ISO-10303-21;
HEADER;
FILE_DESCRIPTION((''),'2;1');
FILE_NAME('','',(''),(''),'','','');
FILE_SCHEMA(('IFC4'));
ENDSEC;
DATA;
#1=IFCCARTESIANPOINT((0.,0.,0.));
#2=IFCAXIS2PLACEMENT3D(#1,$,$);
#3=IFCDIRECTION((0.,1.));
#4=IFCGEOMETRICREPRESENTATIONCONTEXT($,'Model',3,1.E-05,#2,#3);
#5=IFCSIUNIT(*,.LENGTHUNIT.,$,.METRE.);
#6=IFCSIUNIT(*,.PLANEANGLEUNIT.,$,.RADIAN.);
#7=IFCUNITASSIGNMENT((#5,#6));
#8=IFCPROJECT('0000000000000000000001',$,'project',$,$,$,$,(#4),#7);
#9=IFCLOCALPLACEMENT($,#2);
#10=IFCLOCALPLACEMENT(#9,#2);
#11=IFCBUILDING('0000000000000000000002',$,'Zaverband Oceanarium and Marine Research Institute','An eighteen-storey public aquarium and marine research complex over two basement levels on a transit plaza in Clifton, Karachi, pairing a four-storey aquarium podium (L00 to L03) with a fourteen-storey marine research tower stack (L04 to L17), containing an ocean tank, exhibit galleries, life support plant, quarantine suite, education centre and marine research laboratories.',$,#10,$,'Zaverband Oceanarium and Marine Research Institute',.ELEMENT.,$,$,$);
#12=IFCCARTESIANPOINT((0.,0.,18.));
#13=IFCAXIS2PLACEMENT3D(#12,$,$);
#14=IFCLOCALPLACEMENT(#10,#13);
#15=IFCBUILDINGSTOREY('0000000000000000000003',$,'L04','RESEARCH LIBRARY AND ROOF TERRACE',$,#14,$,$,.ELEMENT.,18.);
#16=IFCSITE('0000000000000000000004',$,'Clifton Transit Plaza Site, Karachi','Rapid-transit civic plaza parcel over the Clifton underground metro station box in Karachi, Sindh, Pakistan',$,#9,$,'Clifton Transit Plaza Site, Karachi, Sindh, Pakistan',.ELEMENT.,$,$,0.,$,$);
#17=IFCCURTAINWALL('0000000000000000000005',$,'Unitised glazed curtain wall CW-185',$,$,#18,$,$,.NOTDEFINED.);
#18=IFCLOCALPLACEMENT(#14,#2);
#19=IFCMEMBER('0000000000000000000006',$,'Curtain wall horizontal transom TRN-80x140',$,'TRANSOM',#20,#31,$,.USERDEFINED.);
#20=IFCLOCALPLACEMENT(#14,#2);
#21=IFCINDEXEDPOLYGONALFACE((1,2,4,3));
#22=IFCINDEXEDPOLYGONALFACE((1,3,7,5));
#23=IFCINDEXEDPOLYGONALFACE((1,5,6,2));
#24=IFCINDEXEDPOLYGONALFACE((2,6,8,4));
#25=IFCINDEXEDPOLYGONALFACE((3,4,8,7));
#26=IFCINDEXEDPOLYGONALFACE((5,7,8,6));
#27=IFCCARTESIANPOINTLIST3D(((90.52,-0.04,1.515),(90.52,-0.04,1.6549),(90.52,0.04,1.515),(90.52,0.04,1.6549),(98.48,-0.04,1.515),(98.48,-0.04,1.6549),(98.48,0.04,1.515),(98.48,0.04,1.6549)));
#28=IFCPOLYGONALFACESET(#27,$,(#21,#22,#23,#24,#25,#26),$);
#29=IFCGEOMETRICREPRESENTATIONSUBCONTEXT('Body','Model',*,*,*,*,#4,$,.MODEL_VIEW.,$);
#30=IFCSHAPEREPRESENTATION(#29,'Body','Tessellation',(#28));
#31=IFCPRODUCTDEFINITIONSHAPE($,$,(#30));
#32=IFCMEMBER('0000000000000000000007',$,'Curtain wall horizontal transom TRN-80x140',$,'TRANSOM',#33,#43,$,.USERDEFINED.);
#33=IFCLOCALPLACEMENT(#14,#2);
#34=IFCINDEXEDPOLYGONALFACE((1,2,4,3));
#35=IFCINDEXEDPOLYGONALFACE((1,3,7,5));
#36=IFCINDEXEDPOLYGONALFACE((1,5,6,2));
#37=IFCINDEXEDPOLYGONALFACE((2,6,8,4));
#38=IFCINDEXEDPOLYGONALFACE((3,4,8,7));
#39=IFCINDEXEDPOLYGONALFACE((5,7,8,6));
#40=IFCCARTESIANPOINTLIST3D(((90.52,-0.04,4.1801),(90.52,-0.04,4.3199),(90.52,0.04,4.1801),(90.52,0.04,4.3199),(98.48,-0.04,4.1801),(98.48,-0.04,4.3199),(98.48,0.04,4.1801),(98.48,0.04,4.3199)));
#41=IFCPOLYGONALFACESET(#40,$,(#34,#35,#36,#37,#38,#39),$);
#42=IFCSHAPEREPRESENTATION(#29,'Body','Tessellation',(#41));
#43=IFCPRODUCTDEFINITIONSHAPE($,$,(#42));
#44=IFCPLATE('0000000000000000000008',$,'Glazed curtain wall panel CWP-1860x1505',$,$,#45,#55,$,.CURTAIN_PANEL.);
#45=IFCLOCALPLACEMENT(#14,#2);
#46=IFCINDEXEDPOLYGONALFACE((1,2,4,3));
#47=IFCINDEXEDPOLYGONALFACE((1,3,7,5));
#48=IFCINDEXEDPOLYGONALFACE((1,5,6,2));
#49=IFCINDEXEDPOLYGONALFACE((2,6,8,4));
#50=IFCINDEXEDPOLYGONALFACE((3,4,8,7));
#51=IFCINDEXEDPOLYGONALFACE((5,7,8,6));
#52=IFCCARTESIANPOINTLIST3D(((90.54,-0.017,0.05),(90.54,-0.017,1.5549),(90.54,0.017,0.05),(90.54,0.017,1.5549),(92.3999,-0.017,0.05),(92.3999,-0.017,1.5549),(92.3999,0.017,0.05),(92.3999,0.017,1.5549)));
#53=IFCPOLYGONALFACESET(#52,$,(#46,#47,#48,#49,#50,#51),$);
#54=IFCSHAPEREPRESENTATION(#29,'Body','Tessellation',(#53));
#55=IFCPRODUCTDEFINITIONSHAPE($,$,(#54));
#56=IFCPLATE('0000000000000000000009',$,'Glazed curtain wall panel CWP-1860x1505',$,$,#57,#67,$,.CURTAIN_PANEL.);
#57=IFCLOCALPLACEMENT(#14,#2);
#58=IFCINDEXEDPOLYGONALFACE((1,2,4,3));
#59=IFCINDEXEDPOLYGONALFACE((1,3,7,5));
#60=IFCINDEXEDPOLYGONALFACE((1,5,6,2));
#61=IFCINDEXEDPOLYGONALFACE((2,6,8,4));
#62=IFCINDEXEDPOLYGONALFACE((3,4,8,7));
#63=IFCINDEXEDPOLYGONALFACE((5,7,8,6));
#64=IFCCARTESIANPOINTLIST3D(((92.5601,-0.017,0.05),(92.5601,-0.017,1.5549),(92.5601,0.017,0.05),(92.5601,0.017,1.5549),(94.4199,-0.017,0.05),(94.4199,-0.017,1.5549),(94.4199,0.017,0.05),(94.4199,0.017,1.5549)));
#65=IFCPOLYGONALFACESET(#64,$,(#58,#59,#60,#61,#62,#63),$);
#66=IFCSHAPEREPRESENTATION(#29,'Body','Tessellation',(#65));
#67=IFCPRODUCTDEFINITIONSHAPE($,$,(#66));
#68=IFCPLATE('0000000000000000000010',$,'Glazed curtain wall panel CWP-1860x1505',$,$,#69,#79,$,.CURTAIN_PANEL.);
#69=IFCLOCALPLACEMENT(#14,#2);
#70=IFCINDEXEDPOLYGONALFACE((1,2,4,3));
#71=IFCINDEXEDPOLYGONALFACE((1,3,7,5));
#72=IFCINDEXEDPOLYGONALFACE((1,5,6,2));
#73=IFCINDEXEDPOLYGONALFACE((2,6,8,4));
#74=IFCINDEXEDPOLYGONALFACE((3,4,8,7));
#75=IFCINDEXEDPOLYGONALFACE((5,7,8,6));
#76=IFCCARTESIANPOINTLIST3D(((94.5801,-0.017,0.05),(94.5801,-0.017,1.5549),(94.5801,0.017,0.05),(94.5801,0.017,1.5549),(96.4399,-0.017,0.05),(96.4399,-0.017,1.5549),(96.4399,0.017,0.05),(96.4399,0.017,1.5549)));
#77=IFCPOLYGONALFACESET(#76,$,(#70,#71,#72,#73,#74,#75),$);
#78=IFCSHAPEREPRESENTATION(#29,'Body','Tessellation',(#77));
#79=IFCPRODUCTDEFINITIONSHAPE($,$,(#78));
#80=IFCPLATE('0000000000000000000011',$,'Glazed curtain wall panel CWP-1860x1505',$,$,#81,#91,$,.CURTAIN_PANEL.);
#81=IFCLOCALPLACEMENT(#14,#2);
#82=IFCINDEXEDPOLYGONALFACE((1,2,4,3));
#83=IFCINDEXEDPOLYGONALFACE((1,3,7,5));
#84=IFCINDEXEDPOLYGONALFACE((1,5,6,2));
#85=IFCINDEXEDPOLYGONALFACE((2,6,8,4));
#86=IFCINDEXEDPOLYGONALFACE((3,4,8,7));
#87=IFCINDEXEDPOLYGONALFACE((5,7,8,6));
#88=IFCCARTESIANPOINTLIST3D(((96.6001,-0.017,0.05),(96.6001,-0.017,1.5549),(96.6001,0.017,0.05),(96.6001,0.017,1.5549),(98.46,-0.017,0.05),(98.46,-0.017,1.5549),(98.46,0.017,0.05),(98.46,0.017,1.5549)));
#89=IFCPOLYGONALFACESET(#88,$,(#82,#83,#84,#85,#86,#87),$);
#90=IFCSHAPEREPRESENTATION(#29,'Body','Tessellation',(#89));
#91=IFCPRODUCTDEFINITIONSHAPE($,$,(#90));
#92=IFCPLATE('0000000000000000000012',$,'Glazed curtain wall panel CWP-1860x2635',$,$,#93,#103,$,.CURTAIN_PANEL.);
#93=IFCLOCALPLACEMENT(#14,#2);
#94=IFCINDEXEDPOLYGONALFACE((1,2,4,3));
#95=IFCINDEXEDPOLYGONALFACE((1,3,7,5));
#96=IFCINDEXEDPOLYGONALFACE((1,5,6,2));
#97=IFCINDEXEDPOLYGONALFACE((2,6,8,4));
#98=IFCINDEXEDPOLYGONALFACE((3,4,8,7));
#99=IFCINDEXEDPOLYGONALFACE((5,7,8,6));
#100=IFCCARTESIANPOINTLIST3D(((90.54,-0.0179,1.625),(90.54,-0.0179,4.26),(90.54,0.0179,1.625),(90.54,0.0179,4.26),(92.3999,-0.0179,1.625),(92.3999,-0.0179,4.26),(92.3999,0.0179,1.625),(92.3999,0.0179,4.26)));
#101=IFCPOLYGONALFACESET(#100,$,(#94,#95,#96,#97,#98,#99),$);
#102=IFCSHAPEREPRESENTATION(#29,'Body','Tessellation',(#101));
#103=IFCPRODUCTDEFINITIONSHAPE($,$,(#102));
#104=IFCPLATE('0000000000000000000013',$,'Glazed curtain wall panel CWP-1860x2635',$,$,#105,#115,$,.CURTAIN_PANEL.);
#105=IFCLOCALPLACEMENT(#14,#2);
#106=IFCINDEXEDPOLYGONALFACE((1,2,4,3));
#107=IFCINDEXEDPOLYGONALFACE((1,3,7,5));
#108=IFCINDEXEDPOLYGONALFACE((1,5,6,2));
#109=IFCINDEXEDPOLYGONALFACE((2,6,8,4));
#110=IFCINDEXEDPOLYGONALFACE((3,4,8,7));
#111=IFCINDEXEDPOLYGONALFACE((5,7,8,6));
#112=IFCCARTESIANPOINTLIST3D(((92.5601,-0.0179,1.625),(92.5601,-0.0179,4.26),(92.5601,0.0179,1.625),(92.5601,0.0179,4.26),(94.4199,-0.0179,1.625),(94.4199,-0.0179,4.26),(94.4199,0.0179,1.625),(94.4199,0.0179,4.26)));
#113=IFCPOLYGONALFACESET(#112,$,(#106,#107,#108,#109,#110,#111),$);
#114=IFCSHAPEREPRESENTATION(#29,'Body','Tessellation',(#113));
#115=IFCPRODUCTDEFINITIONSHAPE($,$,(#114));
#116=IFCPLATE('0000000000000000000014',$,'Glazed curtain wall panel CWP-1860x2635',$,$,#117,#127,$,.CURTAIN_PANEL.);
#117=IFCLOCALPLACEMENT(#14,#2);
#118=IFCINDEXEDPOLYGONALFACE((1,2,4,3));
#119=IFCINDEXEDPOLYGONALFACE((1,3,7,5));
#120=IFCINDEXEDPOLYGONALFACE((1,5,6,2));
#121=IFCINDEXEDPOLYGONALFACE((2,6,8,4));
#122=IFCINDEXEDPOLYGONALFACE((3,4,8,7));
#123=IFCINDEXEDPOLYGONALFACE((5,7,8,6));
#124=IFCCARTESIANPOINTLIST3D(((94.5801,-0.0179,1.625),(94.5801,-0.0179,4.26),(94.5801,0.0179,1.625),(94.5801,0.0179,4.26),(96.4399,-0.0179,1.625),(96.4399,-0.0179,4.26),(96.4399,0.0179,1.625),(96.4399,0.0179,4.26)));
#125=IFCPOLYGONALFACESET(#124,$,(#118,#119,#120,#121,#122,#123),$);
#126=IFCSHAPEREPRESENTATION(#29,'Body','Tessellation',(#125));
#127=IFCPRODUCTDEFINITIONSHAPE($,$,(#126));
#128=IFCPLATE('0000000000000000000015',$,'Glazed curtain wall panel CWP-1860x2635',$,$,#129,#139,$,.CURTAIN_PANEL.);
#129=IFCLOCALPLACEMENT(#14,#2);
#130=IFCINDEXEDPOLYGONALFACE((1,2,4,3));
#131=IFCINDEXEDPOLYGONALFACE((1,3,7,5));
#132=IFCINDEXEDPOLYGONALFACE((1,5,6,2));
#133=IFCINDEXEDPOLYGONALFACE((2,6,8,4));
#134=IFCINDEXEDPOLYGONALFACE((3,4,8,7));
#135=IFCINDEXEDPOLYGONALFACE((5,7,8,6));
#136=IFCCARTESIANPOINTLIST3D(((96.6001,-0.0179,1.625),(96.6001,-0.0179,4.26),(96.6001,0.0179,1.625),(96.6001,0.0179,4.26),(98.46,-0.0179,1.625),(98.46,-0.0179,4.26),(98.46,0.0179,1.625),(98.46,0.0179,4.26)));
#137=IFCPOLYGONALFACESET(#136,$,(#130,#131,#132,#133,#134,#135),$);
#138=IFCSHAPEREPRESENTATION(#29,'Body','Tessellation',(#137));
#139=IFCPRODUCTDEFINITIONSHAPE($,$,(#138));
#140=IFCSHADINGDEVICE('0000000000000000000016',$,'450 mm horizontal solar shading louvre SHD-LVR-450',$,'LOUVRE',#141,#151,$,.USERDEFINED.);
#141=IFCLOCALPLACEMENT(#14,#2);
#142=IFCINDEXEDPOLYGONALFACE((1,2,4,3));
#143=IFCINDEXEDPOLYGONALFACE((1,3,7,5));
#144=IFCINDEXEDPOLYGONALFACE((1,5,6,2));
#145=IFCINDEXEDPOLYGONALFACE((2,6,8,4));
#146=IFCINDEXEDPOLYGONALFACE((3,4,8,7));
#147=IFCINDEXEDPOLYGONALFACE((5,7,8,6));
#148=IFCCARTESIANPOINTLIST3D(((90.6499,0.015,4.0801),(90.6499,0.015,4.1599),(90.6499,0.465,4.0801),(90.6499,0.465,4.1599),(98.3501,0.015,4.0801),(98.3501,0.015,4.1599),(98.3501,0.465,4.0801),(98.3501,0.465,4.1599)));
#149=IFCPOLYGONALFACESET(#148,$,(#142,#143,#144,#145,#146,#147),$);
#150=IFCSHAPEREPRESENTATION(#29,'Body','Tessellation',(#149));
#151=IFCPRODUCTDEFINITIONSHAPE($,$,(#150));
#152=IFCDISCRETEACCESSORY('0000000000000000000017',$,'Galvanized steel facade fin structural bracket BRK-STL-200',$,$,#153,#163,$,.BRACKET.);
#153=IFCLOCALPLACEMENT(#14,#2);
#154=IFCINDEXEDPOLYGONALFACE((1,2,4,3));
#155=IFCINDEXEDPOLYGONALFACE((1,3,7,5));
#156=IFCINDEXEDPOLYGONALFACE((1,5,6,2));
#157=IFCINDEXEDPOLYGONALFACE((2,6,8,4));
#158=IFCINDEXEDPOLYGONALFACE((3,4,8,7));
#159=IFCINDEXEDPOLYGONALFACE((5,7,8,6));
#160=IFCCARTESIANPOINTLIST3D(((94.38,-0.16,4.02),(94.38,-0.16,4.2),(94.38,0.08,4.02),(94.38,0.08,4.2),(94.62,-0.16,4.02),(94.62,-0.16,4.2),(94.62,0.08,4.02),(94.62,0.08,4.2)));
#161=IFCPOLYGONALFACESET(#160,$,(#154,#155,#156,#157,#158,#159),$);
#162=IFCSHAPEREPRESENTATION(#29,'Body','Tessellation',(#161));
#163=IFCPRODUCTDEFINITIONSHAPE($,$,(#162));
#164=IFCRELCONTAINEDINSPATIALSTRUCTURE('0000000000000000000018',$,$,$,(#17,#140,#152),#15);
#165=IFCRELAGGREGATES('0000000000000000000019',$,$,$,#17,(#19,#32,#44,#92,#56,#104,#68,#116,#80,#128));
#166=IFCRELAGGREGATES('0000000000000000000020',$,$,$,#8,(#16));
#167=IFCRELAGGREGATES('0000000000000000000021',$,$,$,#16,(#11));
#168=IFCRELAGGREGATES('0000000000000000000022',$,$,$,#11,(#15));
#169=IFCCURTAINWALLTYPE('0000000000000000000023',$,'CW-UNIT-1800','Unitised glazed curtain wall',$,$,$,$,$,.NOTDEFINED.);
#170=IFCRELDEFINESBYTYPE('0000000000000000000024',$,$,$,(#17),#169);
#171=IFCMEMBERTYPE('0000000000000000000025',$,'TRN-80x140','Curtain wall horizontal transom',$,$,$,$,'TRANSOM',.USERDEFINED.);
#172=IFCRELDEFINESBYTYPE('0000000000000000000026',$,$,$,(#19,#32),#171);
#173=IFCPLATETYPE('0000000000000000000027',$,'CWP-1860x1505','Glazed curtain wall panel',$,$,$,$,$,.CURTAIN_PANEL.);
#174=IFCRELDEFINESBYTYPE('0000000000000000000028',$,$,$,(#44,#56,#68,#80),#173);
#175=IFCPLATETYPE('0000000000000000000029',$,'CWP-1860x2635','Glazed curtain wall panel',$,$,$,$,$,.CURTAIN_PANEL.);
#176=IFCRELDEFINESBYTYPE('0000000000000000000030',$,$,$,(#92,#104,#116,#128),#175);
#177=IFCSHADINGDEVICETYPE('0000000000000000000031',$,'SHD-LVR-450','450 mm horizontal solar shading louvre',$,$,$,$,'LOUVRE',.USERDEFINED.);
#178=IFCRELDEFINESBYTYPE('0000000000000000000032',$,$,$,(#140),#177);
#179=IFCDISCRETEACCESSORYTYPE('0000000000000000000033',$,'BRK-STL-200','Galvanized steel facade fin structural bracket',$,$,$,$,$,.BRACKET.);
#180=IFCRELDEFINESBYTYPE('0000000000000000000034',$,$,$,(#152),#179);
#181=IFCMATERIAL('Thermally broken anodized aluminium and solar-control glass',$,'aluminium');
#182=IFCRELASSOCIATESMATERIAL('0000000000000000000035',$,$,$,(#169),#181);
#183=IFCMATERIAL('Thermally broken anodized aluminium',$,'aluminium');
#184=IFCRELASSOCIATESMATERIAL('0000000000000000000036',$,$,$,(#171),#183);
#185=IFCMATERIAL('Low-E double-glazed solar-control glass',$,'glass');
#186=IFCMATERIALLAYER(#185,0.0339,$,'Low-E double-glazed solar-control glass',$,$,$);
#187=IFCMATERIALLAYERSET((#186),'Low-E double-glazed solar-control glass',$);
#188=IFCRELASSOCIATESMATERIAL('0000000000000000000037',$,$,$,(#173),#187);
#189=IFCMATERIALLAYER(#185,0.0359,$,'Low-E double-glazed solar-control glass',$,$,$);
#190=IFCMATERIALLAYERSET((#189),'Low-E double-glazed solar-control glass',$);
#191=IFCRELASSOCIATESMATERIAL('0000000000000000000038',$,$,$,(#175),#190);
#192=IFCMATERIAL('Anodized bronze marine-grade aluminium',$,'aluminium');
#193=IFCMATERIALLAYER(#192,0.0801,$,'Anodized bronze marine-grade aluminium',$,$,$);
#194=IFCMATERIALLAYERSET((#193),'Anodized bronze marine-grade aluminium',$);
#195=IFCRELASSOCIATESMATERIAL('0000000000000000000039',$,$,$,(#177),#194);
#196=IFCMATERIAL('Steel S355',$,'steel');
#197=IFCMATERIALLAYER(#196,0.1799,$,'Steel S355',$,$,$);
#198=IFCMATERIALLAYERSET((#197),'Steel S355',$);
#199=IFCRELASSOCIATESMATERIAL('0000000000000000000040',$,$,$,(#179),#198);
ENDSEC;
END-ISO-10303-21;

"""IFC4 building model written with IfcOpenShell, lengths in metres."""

from ifc_helpers import new_model, si_unit, direction, frame, frame_2d, origin, origin_2d, place, context, subcontext, project, spatial, rectangle, extrude, material, layer, layer_set, material_profile, profile_set, type_object, element, aggregate, save


model = new_model("IFC4")

# Units and contexts
model_context = context("Model", 3, precision=1e-05, world=origin(), true_north=direction((0.0, 1.0)))
body_context = subcontext(model_context, "Body", "Model", "MODEL_VIEW")
ifc_project = project(units=[si_unit("LENGTHUNIT", "METRE"), si_unit("PLANEANGLEUNIT", "RADIAN")], contexts=[model_context])

# Site, building, storey
site_placement = place(None, origin())
site = spatial("IfcSite", under=ifc_project, at=site_placement, Name="Clifton Transit Plaza Site, Karachi", Description="Rapid-transit civic plaza parcel over the Clifton underground metro station box in Karachi, Sindh, Pakistan", LongName="Clifton Transit Plaza Site, Karachi, Sindh, Pakistan", CompositionType="ELEMENT", RefElevation=0.0)
building_placement = place(site_placement, origin())
building = spatial("IfcBuilding", under=site, at=building_placement, Name="Zaverband Oceanarium and Marine Research Institute", Description="An eighteen-storey public aquarium and marine research complex over two basement levels on a transit plaza in Clifton, Karachi, pairing a four-storey aquarium podium (L00 to L03) with a fourteen-storey marine research tower stack (L04 to L17), containing an ocean tank, exhibit galleries, life support plant, quarantine suite, education centre and marine research laboratories.", LongName="Zaverband Oceanarium and Marine Research Institute", CompositionType="ELEMENT")
storey_placement = place(building_placement, frame((0.0, 0.0, 18.0)))
storey = spatial("IfcBuildingStorey", under=building, at=storey_placement, Name="L04", Description="RESEARCH LIBRARY AND ROOF TERRACE", CompositionType="ELEMENT", Elevation=18.0)

# Shared definitions
ifc_material_1 = material(Name="Steel S355", Category="steel")

# Curtain wall
ifc_material_2 = material(Name="Thermally broken anodized aluminium and solar-control glass", Category="aluminium")
curtain_wall_type = type_object("IfcCurtainWallType", Name="CW-UNIT-1800", Description="Unitised glazed curtain wall", PredefinedType="NOTDEFINED", material=ifc_material_2)
curtain_wall_placement = place(storey_placement, origin())
curtain_wall = element("IfcCurtainWall", 1, at=curtain_wall_placement, inside=storey, type_object=curtain_wall_type, Name="Unitised glazed curtain wall CW-185", PredefinedType="NOTDEFINED")
ifc_material_3 = material(Name="Thermally broken anodized aluminium", Category="aluminium")

# Members
ifc_material_profile_1 = material_profile(ifc_material_3, rectangle(XDim=0.0801, YDim=0.1399, at=origin_2d()), Name="AL-TRN-80x140")
ifc_profile_set_1 = profile_set([ifc_material_profile_1], Name="Thermally broken anodized aluminium")
member_type_1 = type_object("IfcMemberType", Name="TRN-80x140", Description="Curtain wall horizontal transom", ElementType="TRANSOM", PredefinedType="USERDEFINED", material=ifc_profile_set_1)
member_1_placement = place(storey_placement, frame((90.52, 0.0, 1.585), z_axis=(1.0, 0.0, 0.0), x_axis=(0.0, 1.0, 0.0)))
member_1 = element("IfcMember", 2, at=member_1_placement, type_object=member_type_1, Name="Curtain wall horizontal transom TRN-80x140", ObjectType="TRANSOM", PredefinedType="USERDEFINED", context=body_context, shape_type="SweptSolid", body=[
    extrude(rectangle(XDim=0.0801, YDim=0.1399, at=origin_2d()), origin(), (0.0, 0.0, 1.0), 7.96),
])
member_2_placement = place(storey_placement, frame((90.52, 0.0, 4.25), z_axis=(1.0, 0.0, 0.0), x_axis=(0.0, 1.0, 0.0)))
member_2 = element("IfcMember", 3, at=member_2_placement, type_object=member_type_1, Name="Curtain wall horizontal transom TRN-80x140", ObjectType="TRANSOM", PredefinedType="USERDEFINED", context=body_context, shape_type="SweptSolid", body=[
    extrude(rectangle(XDim=0.0801, YDim=0.1399, at=origin_2d()), origin(), (0.0, 0.0, 1.0), 7.96),
])

# Plates
ifc_material_4 = material(Name="Low-E double-glazed solar-control glass", Category="glass")
ifc_layer_1 = layer(ifc_material_4, 0.0339, Name="Low-E double-glazed solar-control glass")
ifc_layer_set_1 = layer_set([ifc_layer_1], Name="Low-E double-glazed solar-control glass")
plate_type_1 = type_object("IfcPlateType", Name="CWP-1860x1505", Description="Glazed curtain wall panel", PredefinedType="CURTAIN_PANEL", material=ifc_layer_set_1)
plate_1_placement = place(storey_placement, frame((90.54, 0.0, 0.05), z_axis=(0.0, 0.0, 1.0), x_axis=(1.0, 0.0, 0.0)))
plate_1 = element("IfcPlate", 4, at=plate_1_placement, type_object=plate_type_1, Name="Glazed curtain wall panel CWP-1860x1505", PredefinedType="CURTAIN_PANEL", context=body_context, shape_type="SweptSolid", body=[
    extrude(rectangle(XDim=1.8599, YDim=0.0339, at=frame_2d((0.9299, 0.0))), origin(), (0.0, 0.0, 1.0), 1.5049),
])
plate_2_placement = place(storey_placement, frame((92.5601, 0.0, 0.05), z_axis=(0.0, 0.0, 1.0), x_axis=(1.0, 0.0, 0.0)))
plate_2 = element("IfcPlate", 5, at=plate_2_placement, type_object=plate_type_1, Name="Glazed curtain wall panel CWP-1860x1505", PredefinedType="CURTAIN_PANEL", context=body_context, shape_type="SweptSolid", body=[
    extrude(rectangle(XDim=1.8599, YDim=0.0339, at=frame_2d((0.9299, 0.0))), origin(), (0.0, 0.0, 1.0), 1.5049),
])
plate_3_placement = place(storey_placement, frame((94.5801, 0.0, 0.05), z_axis=(0.0, 0.0, 1.0), x_axis=(1.0, 0.0, 0.0)))
plate_3 = element("IfcPlate", 6, at=plate_3_placement, type_object=plate_type_1, Name="Glazed curtain wall panel CWP-1860x1505", PredefinedType="CURTAIN_PANEL", context=body_context, shape_type="SweptSolid", body=[
    extrude(rectangle(XDim=1.8599, YDim=0.0339, at=frame_2d((0.9299, 0.0))), origin(), (0.0, 0.0, 1.0), 1.5049),
])
plate_4_placement = place(storey_placement, frame((96.6001, 0.0, 0.05), z_axis=(0.0, 0.0, 1.0), x_axis=(1.0, 0.0, 0.0)))
plate_4 = element("IfcPlate", 7, at=plate_4_placement, type_object=plate_type_1, Name="Glazed curtain wall panel CWP-1860x1505", PredefinedType="CURTAIN_PANEL", context=body_context, shape_type="SweptSolid", body=[
    extrude(rectangle(XDim=1.8599, YDim=0.0339, at=frame_2d((0.9299, 0.0))), origin(), (0.0, 0.0, 1.0), 1.5049),
])
ifc_layer_2 = layer(ifc_material_4, 0.0359, Name="Low-E double-glazed solar-control glass")
ifc_layer_set_2 = layer_set([ifc_layer_2], Name="Low-E double-glazed solar-control glass")
plate_type_2 = type_object("IfcPlateType", Name="CWP-1860x2635", Description="Glazed curtain wall panel", PredefinedType="CURTAIN_PANEL", material=ifc_layer_set_2)
plate_5_placement = place(storey_placement, frame((90.54, 0.0, 1.625), z_axis=(0.0, 0.0, 1.0), x_axis=(1.0, 0.0, 0.0)))
plate_5 = element("IfcPlate", 8, at=plate_5_placement, type_object=plate_type_2, Name="Glazed curtain wall panel CWP-1860x2635", PredefinedType="CURTAIN_PANEL", context=body_context, shape_type="SweptSolid", body=[
    extrude(rectangle(XDim=1.8599, YDim=0.0359, at=frame_2d((0.9299, 0.0))), origin(), (0.0, 0.0, 1.0), 2.635),
])
plate_6_placement = place(storey_placement, frame((92.5601, 0.0, 1.625), z_axis=(0.0, 0.0, 1.0), x_axis=(1.0, 0.0, 0.0)))
plate_6 = element("IfcPlate", 9, at=plate_6_placement, type_object=plate_type_2, Name="Glazed curtain wall panel CWP-1860x2635", PredefinedType="CURTAIN_PANEL", context=body_context, shape_type="SweptSolid", body=[
    extrude(rectangle(XDim=1.8599, YDim=0.0359, at=frame_2d((0.9299, 0.0))), origin(), (0.0, 0.0, 1.0), 2.635),
])
plate_7_placement = place(storey_placement, frame((94.5801, 0.0, 1.625), z_axis=(0.0, 0.0, 1.0), x_axis=(1.0, 0.0, 0.0)))
plate_7 = element("IfcPlate", 10, at=plate_7_placement, type_object=plate_type_2, Name="Glazed curtain wall panel CWP-1860x2635", PredefinedType="CURTAIN_PANEL", context=body_context, shape_type="SweptSolid", body=[
    extrude(rectangle(XDim=1.8599, YDim=0.0359, at=frame_2d((0.9299, 0.0))), origin(), (0.0, 0.0, 1.0), 2.635),
])
plate_8_placement = place(storey_placement, frame((96.6001, 0.0, 1.625), z_axis=(0.0, 0.0, 1.0), x_axis=(1.0, 0.0, 0.0)))
plate_8 = element("IfcPlate", 11, at=plate_8_placement, type_object=plate_type_2, Name="Glazed curtain wall panel CWP-1860x2635", PredefinedType="CURTAIN_PANEL", context=body_context, shape_type="SweptSolid", body=[
    extrude(rectangle(XDim=1.8599, YDim=0.0359, at=frame_2d((0.9299, 0.0))), origin(), (0.0, 0.0, 1.0), 2.635),
])
aggregate(curtain_wall, [member_1, member_2, plate_1, plate_5, plate_2, plate_6, plate_3, plate_7, plate_4, plate_8])

# Shading device
ifc_material_5 = material(Name="Anodized bronze marine-grade aluminium", Category="aluminium")
ifc_layer_3 = layer(ifc_material_5, 0.0801, Name="Anodized bronze marine-grade aluminium")
ifc_layer_set_3 = layer_set([ifc_layer_3], Name="Anodized bronze marine-grade aluminium")
shading_device_type = type_object("IfcShadingDeviceType", Name="SHD-LVR-450", Description="450 mm horizontal solar shading louvre", ElementType="LOUVRE", PredefinedType="USERDEFINED", material=ifc_layer_set_3)
shading_device_placement = place(storey_placement, frame((90.6499, 0.24, 4.0801), z_axis=(0.0, 0.0, 1.0), x_axis=(1.0, 0.0, 0.0)))
element("IfcShadingDevice", 12, at=shading_device_placement, inside=storey, type_object=shading_device_type, Name="450 mm horizontal solar shading louvre SHD-LVR-450", ObjectType="LOUVRE", PredefinedType="USERDEFINED", context=body_context, shape_type="SweptSolid", body=[
    extrude(rectangle(XDim=7.7002, YDim=0.45, at=frame_2d((3.8501, 0.0))), origin(), (0.0, 0.0, 1.0), 0.0798),
])

# Discrete accessory
ifc_layer_4 = layer(ifc_material_1, 0.1799, Name="Steel S355")
ifc_layer_set_4 = layer_set([ifc_layer_4], Name="Steel S355")
discrete_accessory_type = type_object("IfcDiscreteAccessoryType", Name="BRK-STL-200", Description="Galvanized steel facade fin structural bracket", PredefinedType="BRACKET", material=ifc_layer_set_4)
discrete_accessory_placement = place(storey_placement, frame((94.5, -0.04, 4.02), z_axis=(0.0, 0.0, 1.0), x_axis=(1.0, 0.0, 0.0)))
element("IfcDiscreteAccessory", 13, at=discrete_accessory_placement, inside=storey, type_object=discrete_accessory_type, Name="Galvanized steel facade fin structural bracket BRK-STL-200", PredefinedType="BRACKET", context=body_context, shape_type="SweptSolid", body=[
    extrude(rectangle(XDim=0.24, YDim=0.24, at=origin_2d()), origin(), (0.0, 0.0, 1.0), 0.1799),
])

save(model, "model.ifc")
